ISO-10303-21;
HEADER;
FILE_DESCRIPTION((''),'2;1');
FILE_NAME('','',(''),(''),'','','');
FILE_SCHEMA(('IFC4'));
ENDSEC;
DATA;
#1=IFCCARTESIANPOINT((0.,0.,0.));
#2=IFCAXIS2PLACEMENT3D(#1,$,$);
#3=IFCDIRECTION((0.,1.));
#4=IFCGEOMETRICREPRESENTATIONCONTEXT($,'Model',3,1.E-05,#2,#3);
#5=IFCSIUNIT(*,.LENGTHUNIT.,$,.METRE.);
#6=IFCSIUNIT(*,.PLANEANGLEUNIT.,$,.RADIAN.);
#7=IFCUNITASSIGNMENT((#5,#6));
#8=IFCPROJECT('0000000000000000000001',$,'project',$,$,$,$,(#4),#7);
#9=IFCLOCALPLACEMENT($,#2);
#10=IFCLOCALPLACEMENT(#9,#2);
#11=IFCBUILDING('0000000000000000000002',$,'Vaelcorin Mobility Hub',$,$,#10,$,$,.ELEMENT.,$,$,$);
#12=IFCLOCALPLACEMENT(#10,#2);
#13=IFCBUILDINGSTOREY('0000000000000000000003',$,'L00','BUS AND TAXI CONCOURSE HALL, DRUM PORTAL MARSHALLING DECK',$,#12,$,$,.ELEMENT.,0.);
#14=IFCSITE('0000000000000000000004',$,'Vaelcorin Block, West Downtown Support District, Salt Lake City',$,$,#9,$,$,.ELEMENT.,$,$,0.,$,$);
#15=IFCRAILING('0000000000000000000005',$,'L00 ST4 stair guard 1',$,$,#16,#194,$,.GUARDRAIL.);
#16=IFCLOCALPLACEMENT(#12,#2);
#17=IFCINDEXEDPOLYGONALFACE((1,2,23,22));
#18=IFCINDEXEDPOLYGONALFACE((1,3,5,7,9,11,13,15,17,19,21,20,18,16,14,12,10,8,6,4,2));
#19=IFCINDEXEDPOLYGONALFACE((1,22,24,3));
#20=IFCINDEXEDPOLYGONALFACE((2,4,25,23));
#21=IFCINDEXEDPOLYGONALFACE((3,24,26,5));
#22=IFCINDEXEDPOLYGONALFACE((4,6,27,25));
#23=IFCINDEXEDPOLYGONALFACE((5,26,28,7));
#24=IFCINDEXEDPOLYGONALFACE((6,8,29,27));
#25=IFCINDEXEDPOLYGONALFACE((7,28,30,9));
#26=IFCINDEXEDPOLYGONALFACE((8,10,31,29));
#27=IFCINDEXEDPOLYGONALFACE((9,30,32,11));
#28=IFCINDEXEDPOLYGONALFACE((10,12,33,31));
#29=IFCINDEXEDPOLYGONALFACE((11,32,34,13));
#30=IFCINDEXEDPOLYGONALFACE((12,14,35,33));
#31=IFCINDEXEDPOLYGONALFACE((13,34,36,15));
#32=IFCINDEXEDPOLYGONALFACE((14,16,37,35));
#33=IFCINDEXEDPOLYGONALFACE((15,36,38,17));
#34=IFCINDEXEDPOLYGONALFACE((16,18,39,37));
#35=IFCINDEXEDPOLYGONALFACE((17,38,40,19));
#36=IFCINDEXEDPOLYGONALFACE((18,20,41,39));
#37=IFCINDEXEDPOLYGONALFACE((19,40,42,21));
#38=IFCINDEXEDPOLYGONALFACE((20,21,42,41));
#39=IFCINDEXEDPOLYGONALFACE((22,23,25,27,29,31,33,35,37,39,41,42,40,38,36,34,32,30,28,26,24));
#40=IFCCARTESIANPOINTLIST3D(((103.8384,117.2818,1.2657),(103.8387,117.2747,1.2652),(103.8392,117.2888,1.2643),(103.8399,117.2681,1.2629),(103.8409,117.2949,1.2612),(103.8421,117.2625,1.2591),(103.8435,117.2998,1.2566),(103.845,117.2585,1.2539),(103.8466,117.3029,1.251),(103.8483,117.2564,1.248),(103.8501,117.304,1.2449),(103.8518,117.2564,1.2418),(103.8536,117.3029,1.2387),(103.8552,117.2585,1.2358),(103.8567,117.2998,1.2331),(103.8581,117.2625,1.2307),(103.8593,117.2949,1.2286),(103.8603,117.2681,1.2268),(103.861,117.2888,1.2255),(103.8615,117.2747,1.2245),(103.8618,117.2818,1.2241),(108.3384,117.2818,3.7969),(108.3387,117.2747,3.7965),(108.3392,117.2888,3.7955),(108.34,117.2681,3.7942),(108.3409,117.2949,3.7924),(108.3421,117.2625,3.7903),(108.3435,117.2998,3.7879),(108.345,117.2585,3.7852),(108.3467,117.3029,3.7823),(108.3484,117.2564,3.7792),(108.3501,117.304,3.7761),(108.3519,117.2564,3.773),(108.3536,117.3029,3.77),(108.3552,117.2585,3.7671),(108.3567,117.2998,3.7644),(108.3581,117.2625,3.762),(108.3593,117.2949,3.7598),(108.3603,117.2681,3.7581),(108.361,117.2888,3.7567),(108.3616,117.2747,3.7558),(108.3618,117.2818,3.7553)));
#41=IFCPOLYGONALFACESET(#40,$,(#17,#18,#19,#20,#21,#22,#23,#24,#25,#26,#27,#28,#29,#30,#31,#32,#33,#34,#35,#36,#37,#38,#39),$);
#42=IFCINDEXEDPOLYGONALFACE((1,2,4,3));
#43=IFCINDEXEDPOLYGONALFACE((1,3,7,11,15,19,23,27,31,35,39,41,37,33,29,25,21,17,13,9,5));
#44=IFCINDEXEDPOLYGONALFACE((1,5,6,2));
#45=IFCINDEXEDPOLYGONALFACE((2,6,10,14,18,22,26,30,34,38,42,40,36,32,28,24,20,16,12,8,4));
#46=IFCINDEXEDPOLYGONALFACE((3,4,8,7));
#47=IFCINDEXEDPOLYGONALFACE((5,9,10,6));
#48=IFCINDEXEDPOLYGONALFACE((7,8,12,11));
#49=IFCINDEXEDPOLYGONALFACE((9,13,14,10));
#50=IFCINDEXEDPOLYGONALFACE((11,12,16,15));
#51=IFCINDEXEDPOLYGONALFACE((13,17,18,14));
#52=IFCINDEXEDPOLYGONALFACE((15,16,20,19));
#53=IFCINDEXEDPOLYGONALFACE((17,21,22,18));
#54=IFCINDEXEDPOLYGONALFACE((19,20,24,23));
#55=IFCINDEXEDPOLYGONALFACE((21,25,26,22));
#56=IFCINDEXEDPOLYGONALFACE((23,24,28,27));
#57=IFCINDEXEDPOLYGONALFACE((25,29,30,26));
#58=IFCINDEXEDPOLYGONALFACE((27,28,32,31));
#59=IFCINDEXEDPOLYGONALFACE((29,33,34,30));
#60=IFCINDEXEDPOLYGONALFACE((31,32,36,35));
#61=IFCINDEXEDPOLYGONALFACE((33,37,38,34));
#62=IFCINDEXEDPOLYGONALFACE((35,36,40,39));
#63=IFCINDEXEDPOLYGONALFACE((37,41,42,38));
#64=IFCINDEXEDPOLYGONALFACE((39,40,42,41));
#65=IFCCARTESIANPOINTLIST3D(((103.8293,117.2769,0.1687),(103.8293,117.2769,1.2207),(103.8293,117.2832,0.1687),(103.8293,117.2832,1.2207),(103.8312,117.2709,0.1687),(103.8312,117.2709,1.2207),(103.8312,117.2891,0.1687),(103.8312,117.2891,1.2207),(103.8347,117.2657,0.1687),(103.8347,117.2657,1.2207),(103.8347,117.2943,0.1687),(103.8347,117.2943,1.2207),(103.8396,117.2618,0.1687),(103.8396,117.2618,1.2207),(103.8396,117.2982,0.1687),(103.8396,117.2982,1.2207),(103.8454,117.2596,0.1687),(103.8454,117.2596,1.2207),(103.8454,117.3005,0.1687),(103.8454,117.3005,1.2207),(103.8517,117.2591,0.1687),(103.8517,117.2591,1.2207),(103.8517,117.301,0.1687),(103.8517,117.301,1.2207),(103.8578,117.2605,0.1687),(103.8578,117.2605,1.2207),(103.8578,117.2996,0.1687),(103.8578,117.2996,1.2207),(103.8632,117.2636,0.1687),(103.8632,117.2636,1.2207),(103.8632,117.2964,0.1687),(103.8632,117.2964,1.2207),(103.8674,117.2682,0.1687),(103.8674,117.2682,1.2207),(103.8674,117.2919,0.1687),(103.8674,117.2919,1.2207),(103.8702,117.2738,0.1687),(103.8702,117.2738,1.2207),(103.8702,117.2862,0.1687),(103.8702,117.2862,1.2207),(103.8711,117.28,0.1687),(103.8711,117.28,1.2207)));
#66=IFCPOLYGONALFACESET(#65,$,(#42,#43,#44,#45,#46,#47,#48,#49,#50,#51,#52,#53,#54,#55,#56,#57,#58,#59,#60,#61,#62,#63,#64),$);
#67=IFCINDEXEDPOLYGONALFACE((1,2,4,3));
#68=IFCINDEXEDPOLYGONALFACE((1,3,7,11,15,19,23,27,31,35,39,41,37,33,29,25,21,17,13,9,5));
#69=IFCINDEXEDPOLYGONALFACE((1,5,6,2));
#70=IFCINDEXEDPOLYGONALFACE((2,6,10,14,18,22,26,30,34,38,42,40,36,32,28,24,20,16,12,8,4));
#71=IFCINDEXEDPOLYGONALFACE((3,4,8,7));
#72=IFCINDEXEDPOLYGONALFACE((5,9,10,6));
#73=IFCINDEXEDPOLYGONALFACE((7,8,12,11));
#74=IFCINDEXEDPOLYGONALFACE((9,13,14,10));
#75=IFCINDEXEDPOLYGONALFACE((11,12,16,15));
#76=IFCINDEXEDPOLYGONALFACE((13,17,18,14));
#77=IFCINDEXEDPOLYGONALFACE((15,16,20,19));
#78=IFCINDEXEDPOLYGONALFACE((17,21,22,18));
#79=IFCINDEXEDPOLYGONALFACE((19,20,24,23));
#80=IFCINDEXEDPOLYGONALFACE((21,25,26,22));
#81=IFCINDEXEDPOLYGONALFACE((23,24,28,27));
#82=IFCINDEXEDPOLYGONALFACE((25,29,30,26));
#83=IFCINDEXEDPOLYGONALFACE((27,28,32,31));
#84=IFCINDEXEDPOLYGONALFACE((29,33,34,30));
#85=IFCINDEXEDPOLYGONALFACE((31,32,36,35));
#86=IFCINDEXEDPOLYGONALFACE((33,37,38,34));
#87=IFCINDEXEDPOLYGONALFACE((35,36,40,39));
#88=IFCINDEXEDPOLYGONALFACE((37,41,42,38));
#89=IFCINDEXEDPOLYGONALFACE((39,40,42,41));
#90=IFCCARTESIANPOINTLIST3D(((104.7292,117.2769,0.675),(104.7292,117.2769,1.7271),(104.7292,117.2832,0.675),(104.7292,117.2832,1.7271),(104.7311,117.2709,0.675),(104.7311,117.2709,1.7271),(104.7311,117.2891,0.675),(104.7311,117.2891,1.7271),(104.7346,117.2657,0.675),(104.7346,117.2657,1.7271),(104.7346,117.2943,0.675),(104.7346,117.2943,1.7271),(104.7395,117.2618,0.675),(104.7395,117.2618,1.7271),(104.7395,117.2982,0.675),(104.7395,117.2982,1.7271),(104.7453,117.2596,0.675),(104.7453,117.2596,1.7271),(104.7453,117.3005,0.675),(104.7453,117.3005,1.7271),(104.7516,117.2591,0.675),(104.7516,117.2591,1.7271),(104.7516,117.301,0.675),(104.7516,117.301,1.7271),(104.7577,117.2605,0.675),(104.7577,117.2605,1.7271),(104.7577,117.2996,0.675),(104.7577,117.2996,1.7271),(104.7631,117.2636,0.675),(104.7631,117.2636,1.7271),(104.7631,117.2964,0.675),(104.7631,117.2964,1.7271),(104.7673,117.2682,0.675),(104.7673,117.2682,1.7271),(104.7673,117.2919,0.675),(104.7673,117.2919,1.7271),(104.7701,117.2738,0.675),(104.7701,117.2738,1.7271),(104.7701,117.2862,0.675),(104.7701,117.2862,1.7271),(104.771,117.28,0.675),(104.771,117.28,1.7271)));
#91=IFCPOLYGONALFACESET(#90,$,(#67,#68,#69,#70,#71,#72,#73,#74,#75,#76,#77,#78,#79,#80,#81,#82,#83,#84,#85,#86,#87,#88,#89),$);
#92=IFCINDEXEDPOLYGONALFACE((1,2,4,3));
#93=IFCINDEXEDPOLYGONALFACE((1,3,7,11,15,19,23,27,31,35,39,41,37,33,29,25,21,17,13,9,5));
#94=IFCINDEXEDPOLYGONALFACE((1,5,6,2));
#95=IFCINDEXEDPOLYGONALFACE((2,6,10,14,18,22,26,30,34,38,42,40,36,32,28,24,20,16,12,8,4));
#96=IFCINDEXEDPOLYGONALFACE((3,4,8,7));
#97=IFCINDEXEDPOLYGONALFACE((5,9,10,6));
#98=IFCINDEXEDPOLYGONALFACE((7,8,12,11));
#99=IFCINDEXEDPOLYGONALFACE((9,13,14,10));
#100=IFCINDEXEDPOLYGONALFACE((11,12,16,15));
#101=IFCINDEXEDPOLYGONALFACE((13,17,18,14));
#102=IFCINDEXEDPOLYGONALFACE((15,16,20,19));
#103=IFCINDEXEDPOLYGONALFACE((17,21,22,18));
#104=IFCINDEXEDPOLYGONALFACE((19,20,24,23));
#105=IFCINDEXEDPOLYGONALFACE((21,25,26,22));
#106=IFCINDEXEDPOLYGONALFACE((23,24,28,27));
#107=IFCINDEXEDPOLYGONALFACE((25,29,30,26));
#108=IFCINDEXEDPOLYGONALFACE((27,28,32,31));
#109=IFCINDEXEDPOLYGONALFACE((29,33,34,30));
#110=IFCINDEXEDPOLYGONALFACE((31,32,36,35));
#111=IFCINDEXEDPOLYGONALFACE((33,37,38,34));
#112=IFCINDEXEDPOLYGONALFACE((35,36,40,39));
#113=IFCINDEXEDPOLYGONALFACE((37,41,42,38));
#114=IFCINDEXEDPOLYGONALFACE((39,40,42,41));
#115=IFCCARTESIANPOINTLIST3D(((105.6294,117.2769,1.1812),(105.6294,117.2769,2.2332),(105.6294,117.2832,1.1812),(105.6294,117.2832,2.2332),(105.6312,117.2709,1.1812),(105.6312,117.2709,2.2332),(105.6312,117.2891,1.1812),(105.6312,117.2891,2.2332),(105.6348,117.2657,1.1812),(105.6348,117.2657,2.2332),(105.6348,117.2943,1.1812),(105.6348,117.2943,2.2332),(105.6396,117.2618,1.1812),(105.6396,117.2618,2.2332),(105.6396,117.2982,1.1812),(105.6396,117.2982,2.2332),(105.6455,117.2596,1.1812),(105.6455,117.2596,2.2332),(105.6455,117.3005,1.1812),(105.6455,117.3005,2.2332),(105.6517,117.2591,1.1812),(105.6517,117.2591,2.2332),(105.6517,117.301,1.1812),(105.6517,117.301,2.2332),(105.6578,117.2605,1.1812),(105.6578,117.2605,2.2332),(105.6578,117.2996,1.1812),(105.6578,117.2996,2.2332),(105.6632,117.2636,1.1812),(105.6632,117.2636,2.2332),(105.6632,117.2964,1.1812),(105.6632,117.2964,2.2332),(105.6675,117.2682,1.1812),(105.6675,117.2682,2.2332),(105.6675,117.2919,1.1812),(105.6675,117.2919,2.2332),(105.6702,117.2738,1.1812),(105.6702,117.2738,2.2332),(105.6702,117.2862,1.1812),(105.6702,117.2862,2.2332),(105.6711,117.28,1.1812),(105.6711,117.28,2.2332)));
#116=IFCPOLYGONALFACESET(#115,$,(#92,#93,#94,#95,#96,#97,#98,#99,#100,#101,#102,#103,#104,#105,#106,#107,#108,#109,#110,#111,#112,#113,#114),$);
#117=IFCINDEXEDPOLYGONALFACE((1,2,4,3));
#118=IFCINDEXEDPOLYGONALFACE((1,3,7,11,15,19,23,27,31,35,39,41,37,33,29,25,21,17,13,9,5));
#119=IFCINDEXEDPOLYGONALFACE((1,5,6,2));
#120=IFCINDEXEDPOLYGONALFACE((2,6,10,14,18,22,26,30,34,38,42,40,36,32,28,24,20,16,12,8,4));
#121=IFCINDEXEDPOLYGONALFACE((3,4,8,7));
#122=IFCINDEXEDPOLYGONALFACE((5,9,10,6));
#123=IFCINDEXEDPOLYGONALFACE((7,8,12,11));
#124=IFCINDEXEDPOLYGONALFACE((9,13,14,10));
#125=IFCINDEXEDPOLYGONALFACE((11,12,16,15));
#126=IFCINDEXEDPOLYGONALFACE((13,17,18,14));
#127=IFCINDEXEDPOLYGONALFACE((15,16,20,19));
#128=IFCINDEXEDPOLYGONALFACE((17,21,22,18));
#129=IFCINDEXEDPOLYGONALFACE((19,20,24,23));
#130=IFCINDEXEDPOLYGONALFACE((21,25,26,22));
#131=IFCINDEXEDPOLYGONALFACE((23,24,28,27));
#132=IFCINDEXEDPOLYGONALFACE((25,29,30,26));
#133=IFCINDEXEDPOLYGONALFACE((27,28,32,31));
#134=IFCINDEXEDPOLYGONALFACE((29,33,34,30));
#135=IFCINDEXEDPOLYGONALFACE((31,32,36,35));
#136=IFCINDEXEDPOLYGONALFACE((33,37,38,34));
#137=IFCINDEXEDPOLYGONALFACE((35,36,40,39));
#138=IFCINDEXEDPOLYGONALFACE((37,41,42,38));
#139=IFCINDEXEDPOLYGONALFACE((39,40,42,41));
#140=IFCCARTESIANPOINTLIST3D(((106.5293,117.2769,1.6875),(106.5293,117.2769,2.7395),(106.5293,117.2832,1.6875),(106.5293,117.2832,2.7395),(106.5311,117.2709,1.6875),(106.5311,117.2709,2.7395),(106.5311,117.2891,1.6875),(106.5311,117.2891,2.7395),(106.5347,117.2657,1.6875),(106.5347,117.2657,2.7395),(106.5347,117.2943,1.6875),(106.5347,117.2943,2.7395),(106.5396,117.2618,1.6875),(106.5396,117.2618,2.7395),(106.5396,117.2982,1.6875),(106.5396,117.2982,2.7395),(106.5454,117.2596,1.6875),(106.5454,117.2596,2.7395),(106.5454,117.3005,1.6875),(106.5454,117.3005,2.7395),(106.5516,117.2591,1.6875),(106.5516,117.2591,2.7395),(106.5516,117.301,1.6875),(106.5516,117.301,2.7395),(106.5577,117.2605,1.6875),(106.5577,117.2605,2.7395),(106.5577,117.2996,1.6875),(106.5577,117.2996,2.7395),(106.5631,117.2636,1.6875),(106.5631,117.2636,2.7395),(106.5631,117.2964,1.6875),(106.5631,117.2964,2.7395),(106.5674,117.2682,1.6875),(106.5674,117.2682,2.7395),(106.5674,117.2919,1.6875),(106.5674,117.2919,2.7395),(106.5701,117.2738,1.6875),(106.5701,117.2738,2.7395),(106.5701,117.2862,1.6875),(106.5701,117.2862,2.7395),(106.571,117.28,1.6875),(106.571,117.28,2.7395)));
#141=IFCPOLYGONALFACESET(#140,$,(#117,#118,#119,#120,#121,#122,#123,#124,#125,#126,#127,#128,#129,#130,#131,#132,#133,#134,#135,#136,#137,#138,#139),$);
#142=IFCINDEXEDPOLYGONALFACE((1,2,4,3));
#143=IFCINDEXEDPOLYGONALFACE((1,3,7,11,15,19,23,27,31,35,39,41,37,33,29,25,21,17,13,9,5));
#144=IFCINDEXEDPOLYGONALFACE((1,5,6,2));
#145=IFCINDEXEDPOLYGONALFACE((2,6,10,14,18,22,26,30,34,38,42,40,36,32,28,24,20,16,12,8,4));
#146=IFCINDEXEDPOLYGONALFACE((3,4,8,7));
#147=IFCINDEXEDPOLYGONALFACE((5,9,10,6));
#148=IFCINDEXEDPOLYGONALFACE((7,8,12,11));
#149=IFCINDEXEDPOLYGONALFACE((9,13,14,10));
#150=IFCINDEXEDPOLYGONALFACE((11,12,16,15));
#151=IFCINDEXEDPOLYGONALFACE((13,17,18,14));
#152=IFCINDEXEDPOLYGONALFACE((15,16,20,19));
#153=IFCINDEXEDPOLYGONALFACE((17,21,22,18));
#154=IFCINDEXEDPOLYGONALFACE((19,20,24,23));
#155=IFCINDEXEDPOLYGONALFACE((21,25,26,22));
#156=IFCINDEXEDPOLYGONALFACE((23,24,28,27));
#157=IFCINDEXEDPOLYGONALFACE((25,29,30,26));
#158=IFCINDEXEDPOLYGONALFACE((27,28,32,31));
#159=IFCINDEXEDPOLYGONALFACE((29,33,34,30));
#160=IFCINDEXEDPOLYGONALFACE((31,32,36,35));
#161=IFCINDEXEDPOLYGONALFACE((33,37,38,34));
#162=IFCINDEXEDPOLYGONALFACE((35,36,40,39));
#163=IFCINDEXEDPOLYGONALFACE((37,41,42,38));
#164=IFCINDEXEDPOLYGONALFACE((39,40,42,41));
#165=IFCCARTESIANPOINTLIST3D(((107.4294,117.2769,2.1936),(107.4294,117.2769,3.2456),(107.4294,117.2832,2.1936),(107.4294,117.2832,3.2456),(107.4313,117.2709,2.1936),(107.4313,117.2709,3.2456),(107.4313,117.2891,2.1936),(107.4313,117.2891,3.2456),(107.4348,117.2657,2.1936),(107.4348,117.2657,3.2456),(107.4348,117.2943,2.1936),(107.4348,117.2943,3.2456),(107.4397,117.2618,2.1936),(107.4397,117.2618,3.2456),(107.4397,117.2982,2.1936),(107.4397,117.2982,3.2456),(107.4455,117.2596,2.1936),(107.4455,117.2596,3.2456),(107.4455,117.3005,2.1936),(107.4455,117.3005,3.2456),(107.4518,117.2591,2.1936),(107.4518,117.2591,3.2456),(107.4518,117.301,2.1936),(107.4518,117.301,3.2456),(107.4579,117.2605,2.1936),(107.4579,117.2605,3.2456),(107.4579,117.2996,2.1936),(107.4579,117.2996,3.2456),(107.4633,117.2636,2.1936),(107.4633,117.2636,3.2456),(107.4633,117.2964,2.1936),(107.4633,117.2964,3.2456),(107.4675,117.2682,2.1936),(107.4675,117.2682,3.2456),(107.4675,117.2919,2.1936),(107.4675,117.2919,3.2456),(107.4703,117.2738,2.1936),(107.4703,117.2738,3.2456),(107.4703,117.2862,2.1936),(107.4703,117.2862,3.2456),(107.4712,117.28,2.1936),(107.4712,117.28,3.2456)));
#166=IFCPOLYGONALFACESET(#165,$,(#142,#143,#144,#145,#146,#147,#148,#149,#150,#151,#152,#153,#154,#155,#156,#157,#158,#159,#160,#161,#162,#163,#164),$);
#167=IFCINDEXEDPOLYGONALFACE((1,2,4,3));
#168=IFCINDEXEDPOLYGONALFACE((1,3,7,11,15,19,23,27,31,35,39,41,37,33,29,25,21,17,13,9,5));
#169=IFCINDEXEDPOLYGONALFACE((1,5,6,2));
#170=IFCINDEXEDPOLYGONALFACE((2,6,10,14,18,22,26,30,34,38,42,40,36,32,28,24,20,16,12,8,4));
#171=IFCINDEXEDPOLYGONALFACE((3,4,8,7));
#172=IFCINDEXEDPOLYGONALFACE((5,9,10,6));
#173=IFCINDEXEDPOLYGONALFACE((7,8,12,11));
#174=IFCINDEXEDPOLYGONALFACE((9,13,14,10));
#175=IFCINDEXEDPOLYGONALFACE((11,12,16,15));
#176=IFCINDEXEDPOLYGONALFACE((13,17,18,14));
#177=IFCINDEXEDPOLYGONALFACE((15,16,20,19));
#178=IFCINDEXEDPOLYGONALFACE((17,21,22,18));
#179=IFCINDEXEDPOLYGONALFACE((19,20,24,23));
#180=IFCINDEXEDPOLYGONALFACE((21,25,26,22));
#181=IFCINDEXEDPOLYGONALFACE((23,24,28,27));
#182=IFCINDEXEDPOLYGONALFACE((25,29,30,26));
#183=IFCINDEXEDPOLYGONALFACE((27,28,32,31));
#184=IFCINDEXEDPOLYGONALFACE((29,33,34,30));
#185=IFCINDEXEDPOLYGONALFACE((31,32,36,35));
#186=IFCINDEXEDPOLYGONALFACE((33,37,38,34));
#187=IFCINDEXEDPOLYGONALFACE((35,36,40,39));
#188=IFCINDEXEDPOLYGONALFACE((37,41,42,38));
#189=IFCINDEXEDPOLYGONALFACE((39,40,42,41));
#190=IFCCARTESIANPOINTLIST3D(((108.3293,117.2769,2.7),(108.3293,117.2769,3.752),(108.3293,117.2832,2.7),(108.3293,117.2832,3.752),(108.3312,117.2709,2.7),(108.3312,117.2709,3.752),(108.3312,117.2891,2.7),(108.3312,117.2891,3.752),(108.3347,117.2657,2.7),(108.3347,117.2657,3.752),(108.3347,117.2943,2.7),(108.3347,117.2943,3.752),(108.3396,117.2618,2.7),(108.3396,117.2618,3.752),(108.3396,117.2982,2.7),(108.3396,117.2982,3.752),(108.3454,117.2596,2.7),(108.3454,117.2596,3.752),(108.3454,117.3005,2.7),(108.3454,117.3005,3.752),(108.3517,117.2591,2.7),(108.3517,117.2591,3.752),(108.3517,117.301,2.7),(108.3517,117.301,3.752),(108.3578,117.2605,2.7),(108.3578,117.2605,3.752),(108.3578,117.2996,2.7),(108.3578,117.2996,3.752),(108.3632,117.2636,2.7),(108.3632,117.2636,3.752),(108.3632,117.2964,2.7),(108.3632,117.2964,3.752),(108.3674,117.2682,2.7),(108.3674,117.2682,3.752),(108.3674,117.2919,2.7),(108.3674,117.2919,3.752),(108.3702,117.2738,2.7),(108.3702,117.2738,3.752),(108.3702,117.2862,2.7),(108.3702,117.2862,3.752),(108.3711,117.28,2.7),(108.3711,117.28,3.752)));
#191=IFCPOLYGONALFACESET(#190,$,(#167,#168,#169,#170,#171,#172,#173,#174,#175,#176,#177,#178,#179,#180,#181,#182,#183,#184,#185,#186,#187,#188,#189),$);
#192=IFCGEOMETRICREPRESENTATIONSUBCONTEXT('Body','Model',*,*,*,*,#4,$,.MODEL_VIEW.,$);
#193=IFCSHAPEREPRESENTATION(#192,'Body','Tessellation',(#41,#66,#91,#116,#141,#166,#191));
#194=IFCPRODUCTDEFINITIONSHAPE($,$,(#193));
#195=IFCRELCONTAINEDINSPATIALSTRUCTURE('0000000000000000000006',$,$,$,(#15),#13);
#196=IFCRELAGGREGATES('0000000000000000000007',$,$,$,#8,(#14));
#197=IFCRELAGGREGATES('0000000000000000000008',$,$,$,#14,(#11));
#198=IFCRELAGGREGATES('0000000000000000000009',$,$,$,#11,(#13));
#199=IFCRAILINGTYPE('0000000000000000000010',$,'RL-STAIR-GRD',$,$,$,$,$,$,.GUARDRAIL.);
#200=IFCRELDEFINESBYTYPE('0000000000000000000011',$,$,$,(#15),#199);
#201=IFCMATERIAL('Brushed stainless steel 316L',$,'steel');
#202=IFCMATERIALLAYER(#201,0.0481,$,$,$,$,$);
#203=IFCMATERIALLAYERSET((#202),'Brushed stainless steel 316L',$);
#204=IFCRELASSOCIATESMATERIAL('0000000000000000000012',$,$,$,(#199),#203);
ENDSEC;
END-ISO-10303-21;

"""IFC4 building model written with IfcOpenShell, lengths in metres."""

from ifc_helpers import new_model, si_unit, direction, frame, origin, origin_2d, place, context, subcontext, project, spatial, circle, extrude, material, layer, layer_set, type_object, element, save


model = new_model("IFC4")

# Units and contexts
model_context = context("Model", 3, precision=1e-05, world=origin(), true_north=direction((0.0, 1.0)))
body_context = subcontext(model_context, "Body", "Model", "MODEL_VIEW")
ifc_project = project(units=[si_unit("LENGTHUNIT", "METRE"), si_unit("PLANEANGLEUNIT", "RADIAN")], contexts=[model_context])

# Site, building, storey
site_placement = place(None, origin())
site = spatial("IfcSite", under=ifc_project, at=site_placement, Name="Vaelcorin Block, West Downtown Support District, Salt Lake City", CompositionType="ELEMENT", RefElevation=0.0)
building_placement = place(site_placement, origin())
building = spatial("IfcBuilding", under=site, at=building_placement, Name="Vaelcorin Mobility Hub", CompositionType="ELEMENT")
storey_placement = place(building_placement, origin())
storey = spatial("IfcBuildingStorey", under=building, at=storey_placement, Name="L00", Description="BUS AND TAXI CONCOURSE HALL, DRUM PORTAL MARSHALLING DECK", CompositionType="ELEMENT", Elevation=0.0)

# Shared definitions
ifc_material_1 = material(Name="Brushed stainless steel 316L", Category="steel")

# Railing
ifc_layer_1 = layer(ifc_material_1, 0.0481)
ifc_layer_set_1 = layer_set([ifc_layer_1], Name="Brushed stainless steel 316L")
railing_type_1 = type_object("IfcRailingType", Name="RL-STAIR-GRD", PredefinedType="GUARDRAIL", material=ifc_layer_set_1)
railing_1_placement = place(storey_placement, frame((103.8501, 117.28, 0.1687)))
element("IfcRailing", 1, at=railing_1_placement, inside=storey, type_object=railing_type_1, Name="L00 ST4 stair guard 1", PredefinedType="GUARDRAIL", context=body_context, shape_type="SweptSolid", body=[
    extrude(circle(Radius=0.0239, at=origin_2d()), frame((0.0, 0.0, 1.0762), z_axis=(0.871576, 0.0, 0.490261), x_axis=(0.0, 1.0, 0.0)), (0.0, 0.0, 1.0), 5.1631),
    extrude(circle(Radius=0.021, at=origin_2d()), origin(), (0.0, 0.0, 1.0), 1.052),
    extrude(circle(Radius=0.021, at=origin_2d()), frame((0.8999, 0.0, 0.5063)), (0.0, 0.0, 1.0), 1.052),
    extrude(circle(Radius=0.021, at=origin_2d()), frame((1.8, 0.0, 1.0125)), (0.0, 0.0, 1.0), 1.052),
    extrude(circle(Radius=0.021, at=origin_2d()), frame((2.7, 0.0, 1.5188)), (0.0, 0.0, 1.0), 1.052),
    extrude(circle(Radius=0.021, at=origin_2d()), frame((3.6001, 0.0, 2.0249)), (0.0, 0.0, 1.0), 1.052),
    extrude(circle(Radius=0.021, at=origin_2d()), frame((4.5, 0.0, 2.5312)), (0.0, 0.0, 1.0), 1.052),
])

save(model, "model.ifc")
